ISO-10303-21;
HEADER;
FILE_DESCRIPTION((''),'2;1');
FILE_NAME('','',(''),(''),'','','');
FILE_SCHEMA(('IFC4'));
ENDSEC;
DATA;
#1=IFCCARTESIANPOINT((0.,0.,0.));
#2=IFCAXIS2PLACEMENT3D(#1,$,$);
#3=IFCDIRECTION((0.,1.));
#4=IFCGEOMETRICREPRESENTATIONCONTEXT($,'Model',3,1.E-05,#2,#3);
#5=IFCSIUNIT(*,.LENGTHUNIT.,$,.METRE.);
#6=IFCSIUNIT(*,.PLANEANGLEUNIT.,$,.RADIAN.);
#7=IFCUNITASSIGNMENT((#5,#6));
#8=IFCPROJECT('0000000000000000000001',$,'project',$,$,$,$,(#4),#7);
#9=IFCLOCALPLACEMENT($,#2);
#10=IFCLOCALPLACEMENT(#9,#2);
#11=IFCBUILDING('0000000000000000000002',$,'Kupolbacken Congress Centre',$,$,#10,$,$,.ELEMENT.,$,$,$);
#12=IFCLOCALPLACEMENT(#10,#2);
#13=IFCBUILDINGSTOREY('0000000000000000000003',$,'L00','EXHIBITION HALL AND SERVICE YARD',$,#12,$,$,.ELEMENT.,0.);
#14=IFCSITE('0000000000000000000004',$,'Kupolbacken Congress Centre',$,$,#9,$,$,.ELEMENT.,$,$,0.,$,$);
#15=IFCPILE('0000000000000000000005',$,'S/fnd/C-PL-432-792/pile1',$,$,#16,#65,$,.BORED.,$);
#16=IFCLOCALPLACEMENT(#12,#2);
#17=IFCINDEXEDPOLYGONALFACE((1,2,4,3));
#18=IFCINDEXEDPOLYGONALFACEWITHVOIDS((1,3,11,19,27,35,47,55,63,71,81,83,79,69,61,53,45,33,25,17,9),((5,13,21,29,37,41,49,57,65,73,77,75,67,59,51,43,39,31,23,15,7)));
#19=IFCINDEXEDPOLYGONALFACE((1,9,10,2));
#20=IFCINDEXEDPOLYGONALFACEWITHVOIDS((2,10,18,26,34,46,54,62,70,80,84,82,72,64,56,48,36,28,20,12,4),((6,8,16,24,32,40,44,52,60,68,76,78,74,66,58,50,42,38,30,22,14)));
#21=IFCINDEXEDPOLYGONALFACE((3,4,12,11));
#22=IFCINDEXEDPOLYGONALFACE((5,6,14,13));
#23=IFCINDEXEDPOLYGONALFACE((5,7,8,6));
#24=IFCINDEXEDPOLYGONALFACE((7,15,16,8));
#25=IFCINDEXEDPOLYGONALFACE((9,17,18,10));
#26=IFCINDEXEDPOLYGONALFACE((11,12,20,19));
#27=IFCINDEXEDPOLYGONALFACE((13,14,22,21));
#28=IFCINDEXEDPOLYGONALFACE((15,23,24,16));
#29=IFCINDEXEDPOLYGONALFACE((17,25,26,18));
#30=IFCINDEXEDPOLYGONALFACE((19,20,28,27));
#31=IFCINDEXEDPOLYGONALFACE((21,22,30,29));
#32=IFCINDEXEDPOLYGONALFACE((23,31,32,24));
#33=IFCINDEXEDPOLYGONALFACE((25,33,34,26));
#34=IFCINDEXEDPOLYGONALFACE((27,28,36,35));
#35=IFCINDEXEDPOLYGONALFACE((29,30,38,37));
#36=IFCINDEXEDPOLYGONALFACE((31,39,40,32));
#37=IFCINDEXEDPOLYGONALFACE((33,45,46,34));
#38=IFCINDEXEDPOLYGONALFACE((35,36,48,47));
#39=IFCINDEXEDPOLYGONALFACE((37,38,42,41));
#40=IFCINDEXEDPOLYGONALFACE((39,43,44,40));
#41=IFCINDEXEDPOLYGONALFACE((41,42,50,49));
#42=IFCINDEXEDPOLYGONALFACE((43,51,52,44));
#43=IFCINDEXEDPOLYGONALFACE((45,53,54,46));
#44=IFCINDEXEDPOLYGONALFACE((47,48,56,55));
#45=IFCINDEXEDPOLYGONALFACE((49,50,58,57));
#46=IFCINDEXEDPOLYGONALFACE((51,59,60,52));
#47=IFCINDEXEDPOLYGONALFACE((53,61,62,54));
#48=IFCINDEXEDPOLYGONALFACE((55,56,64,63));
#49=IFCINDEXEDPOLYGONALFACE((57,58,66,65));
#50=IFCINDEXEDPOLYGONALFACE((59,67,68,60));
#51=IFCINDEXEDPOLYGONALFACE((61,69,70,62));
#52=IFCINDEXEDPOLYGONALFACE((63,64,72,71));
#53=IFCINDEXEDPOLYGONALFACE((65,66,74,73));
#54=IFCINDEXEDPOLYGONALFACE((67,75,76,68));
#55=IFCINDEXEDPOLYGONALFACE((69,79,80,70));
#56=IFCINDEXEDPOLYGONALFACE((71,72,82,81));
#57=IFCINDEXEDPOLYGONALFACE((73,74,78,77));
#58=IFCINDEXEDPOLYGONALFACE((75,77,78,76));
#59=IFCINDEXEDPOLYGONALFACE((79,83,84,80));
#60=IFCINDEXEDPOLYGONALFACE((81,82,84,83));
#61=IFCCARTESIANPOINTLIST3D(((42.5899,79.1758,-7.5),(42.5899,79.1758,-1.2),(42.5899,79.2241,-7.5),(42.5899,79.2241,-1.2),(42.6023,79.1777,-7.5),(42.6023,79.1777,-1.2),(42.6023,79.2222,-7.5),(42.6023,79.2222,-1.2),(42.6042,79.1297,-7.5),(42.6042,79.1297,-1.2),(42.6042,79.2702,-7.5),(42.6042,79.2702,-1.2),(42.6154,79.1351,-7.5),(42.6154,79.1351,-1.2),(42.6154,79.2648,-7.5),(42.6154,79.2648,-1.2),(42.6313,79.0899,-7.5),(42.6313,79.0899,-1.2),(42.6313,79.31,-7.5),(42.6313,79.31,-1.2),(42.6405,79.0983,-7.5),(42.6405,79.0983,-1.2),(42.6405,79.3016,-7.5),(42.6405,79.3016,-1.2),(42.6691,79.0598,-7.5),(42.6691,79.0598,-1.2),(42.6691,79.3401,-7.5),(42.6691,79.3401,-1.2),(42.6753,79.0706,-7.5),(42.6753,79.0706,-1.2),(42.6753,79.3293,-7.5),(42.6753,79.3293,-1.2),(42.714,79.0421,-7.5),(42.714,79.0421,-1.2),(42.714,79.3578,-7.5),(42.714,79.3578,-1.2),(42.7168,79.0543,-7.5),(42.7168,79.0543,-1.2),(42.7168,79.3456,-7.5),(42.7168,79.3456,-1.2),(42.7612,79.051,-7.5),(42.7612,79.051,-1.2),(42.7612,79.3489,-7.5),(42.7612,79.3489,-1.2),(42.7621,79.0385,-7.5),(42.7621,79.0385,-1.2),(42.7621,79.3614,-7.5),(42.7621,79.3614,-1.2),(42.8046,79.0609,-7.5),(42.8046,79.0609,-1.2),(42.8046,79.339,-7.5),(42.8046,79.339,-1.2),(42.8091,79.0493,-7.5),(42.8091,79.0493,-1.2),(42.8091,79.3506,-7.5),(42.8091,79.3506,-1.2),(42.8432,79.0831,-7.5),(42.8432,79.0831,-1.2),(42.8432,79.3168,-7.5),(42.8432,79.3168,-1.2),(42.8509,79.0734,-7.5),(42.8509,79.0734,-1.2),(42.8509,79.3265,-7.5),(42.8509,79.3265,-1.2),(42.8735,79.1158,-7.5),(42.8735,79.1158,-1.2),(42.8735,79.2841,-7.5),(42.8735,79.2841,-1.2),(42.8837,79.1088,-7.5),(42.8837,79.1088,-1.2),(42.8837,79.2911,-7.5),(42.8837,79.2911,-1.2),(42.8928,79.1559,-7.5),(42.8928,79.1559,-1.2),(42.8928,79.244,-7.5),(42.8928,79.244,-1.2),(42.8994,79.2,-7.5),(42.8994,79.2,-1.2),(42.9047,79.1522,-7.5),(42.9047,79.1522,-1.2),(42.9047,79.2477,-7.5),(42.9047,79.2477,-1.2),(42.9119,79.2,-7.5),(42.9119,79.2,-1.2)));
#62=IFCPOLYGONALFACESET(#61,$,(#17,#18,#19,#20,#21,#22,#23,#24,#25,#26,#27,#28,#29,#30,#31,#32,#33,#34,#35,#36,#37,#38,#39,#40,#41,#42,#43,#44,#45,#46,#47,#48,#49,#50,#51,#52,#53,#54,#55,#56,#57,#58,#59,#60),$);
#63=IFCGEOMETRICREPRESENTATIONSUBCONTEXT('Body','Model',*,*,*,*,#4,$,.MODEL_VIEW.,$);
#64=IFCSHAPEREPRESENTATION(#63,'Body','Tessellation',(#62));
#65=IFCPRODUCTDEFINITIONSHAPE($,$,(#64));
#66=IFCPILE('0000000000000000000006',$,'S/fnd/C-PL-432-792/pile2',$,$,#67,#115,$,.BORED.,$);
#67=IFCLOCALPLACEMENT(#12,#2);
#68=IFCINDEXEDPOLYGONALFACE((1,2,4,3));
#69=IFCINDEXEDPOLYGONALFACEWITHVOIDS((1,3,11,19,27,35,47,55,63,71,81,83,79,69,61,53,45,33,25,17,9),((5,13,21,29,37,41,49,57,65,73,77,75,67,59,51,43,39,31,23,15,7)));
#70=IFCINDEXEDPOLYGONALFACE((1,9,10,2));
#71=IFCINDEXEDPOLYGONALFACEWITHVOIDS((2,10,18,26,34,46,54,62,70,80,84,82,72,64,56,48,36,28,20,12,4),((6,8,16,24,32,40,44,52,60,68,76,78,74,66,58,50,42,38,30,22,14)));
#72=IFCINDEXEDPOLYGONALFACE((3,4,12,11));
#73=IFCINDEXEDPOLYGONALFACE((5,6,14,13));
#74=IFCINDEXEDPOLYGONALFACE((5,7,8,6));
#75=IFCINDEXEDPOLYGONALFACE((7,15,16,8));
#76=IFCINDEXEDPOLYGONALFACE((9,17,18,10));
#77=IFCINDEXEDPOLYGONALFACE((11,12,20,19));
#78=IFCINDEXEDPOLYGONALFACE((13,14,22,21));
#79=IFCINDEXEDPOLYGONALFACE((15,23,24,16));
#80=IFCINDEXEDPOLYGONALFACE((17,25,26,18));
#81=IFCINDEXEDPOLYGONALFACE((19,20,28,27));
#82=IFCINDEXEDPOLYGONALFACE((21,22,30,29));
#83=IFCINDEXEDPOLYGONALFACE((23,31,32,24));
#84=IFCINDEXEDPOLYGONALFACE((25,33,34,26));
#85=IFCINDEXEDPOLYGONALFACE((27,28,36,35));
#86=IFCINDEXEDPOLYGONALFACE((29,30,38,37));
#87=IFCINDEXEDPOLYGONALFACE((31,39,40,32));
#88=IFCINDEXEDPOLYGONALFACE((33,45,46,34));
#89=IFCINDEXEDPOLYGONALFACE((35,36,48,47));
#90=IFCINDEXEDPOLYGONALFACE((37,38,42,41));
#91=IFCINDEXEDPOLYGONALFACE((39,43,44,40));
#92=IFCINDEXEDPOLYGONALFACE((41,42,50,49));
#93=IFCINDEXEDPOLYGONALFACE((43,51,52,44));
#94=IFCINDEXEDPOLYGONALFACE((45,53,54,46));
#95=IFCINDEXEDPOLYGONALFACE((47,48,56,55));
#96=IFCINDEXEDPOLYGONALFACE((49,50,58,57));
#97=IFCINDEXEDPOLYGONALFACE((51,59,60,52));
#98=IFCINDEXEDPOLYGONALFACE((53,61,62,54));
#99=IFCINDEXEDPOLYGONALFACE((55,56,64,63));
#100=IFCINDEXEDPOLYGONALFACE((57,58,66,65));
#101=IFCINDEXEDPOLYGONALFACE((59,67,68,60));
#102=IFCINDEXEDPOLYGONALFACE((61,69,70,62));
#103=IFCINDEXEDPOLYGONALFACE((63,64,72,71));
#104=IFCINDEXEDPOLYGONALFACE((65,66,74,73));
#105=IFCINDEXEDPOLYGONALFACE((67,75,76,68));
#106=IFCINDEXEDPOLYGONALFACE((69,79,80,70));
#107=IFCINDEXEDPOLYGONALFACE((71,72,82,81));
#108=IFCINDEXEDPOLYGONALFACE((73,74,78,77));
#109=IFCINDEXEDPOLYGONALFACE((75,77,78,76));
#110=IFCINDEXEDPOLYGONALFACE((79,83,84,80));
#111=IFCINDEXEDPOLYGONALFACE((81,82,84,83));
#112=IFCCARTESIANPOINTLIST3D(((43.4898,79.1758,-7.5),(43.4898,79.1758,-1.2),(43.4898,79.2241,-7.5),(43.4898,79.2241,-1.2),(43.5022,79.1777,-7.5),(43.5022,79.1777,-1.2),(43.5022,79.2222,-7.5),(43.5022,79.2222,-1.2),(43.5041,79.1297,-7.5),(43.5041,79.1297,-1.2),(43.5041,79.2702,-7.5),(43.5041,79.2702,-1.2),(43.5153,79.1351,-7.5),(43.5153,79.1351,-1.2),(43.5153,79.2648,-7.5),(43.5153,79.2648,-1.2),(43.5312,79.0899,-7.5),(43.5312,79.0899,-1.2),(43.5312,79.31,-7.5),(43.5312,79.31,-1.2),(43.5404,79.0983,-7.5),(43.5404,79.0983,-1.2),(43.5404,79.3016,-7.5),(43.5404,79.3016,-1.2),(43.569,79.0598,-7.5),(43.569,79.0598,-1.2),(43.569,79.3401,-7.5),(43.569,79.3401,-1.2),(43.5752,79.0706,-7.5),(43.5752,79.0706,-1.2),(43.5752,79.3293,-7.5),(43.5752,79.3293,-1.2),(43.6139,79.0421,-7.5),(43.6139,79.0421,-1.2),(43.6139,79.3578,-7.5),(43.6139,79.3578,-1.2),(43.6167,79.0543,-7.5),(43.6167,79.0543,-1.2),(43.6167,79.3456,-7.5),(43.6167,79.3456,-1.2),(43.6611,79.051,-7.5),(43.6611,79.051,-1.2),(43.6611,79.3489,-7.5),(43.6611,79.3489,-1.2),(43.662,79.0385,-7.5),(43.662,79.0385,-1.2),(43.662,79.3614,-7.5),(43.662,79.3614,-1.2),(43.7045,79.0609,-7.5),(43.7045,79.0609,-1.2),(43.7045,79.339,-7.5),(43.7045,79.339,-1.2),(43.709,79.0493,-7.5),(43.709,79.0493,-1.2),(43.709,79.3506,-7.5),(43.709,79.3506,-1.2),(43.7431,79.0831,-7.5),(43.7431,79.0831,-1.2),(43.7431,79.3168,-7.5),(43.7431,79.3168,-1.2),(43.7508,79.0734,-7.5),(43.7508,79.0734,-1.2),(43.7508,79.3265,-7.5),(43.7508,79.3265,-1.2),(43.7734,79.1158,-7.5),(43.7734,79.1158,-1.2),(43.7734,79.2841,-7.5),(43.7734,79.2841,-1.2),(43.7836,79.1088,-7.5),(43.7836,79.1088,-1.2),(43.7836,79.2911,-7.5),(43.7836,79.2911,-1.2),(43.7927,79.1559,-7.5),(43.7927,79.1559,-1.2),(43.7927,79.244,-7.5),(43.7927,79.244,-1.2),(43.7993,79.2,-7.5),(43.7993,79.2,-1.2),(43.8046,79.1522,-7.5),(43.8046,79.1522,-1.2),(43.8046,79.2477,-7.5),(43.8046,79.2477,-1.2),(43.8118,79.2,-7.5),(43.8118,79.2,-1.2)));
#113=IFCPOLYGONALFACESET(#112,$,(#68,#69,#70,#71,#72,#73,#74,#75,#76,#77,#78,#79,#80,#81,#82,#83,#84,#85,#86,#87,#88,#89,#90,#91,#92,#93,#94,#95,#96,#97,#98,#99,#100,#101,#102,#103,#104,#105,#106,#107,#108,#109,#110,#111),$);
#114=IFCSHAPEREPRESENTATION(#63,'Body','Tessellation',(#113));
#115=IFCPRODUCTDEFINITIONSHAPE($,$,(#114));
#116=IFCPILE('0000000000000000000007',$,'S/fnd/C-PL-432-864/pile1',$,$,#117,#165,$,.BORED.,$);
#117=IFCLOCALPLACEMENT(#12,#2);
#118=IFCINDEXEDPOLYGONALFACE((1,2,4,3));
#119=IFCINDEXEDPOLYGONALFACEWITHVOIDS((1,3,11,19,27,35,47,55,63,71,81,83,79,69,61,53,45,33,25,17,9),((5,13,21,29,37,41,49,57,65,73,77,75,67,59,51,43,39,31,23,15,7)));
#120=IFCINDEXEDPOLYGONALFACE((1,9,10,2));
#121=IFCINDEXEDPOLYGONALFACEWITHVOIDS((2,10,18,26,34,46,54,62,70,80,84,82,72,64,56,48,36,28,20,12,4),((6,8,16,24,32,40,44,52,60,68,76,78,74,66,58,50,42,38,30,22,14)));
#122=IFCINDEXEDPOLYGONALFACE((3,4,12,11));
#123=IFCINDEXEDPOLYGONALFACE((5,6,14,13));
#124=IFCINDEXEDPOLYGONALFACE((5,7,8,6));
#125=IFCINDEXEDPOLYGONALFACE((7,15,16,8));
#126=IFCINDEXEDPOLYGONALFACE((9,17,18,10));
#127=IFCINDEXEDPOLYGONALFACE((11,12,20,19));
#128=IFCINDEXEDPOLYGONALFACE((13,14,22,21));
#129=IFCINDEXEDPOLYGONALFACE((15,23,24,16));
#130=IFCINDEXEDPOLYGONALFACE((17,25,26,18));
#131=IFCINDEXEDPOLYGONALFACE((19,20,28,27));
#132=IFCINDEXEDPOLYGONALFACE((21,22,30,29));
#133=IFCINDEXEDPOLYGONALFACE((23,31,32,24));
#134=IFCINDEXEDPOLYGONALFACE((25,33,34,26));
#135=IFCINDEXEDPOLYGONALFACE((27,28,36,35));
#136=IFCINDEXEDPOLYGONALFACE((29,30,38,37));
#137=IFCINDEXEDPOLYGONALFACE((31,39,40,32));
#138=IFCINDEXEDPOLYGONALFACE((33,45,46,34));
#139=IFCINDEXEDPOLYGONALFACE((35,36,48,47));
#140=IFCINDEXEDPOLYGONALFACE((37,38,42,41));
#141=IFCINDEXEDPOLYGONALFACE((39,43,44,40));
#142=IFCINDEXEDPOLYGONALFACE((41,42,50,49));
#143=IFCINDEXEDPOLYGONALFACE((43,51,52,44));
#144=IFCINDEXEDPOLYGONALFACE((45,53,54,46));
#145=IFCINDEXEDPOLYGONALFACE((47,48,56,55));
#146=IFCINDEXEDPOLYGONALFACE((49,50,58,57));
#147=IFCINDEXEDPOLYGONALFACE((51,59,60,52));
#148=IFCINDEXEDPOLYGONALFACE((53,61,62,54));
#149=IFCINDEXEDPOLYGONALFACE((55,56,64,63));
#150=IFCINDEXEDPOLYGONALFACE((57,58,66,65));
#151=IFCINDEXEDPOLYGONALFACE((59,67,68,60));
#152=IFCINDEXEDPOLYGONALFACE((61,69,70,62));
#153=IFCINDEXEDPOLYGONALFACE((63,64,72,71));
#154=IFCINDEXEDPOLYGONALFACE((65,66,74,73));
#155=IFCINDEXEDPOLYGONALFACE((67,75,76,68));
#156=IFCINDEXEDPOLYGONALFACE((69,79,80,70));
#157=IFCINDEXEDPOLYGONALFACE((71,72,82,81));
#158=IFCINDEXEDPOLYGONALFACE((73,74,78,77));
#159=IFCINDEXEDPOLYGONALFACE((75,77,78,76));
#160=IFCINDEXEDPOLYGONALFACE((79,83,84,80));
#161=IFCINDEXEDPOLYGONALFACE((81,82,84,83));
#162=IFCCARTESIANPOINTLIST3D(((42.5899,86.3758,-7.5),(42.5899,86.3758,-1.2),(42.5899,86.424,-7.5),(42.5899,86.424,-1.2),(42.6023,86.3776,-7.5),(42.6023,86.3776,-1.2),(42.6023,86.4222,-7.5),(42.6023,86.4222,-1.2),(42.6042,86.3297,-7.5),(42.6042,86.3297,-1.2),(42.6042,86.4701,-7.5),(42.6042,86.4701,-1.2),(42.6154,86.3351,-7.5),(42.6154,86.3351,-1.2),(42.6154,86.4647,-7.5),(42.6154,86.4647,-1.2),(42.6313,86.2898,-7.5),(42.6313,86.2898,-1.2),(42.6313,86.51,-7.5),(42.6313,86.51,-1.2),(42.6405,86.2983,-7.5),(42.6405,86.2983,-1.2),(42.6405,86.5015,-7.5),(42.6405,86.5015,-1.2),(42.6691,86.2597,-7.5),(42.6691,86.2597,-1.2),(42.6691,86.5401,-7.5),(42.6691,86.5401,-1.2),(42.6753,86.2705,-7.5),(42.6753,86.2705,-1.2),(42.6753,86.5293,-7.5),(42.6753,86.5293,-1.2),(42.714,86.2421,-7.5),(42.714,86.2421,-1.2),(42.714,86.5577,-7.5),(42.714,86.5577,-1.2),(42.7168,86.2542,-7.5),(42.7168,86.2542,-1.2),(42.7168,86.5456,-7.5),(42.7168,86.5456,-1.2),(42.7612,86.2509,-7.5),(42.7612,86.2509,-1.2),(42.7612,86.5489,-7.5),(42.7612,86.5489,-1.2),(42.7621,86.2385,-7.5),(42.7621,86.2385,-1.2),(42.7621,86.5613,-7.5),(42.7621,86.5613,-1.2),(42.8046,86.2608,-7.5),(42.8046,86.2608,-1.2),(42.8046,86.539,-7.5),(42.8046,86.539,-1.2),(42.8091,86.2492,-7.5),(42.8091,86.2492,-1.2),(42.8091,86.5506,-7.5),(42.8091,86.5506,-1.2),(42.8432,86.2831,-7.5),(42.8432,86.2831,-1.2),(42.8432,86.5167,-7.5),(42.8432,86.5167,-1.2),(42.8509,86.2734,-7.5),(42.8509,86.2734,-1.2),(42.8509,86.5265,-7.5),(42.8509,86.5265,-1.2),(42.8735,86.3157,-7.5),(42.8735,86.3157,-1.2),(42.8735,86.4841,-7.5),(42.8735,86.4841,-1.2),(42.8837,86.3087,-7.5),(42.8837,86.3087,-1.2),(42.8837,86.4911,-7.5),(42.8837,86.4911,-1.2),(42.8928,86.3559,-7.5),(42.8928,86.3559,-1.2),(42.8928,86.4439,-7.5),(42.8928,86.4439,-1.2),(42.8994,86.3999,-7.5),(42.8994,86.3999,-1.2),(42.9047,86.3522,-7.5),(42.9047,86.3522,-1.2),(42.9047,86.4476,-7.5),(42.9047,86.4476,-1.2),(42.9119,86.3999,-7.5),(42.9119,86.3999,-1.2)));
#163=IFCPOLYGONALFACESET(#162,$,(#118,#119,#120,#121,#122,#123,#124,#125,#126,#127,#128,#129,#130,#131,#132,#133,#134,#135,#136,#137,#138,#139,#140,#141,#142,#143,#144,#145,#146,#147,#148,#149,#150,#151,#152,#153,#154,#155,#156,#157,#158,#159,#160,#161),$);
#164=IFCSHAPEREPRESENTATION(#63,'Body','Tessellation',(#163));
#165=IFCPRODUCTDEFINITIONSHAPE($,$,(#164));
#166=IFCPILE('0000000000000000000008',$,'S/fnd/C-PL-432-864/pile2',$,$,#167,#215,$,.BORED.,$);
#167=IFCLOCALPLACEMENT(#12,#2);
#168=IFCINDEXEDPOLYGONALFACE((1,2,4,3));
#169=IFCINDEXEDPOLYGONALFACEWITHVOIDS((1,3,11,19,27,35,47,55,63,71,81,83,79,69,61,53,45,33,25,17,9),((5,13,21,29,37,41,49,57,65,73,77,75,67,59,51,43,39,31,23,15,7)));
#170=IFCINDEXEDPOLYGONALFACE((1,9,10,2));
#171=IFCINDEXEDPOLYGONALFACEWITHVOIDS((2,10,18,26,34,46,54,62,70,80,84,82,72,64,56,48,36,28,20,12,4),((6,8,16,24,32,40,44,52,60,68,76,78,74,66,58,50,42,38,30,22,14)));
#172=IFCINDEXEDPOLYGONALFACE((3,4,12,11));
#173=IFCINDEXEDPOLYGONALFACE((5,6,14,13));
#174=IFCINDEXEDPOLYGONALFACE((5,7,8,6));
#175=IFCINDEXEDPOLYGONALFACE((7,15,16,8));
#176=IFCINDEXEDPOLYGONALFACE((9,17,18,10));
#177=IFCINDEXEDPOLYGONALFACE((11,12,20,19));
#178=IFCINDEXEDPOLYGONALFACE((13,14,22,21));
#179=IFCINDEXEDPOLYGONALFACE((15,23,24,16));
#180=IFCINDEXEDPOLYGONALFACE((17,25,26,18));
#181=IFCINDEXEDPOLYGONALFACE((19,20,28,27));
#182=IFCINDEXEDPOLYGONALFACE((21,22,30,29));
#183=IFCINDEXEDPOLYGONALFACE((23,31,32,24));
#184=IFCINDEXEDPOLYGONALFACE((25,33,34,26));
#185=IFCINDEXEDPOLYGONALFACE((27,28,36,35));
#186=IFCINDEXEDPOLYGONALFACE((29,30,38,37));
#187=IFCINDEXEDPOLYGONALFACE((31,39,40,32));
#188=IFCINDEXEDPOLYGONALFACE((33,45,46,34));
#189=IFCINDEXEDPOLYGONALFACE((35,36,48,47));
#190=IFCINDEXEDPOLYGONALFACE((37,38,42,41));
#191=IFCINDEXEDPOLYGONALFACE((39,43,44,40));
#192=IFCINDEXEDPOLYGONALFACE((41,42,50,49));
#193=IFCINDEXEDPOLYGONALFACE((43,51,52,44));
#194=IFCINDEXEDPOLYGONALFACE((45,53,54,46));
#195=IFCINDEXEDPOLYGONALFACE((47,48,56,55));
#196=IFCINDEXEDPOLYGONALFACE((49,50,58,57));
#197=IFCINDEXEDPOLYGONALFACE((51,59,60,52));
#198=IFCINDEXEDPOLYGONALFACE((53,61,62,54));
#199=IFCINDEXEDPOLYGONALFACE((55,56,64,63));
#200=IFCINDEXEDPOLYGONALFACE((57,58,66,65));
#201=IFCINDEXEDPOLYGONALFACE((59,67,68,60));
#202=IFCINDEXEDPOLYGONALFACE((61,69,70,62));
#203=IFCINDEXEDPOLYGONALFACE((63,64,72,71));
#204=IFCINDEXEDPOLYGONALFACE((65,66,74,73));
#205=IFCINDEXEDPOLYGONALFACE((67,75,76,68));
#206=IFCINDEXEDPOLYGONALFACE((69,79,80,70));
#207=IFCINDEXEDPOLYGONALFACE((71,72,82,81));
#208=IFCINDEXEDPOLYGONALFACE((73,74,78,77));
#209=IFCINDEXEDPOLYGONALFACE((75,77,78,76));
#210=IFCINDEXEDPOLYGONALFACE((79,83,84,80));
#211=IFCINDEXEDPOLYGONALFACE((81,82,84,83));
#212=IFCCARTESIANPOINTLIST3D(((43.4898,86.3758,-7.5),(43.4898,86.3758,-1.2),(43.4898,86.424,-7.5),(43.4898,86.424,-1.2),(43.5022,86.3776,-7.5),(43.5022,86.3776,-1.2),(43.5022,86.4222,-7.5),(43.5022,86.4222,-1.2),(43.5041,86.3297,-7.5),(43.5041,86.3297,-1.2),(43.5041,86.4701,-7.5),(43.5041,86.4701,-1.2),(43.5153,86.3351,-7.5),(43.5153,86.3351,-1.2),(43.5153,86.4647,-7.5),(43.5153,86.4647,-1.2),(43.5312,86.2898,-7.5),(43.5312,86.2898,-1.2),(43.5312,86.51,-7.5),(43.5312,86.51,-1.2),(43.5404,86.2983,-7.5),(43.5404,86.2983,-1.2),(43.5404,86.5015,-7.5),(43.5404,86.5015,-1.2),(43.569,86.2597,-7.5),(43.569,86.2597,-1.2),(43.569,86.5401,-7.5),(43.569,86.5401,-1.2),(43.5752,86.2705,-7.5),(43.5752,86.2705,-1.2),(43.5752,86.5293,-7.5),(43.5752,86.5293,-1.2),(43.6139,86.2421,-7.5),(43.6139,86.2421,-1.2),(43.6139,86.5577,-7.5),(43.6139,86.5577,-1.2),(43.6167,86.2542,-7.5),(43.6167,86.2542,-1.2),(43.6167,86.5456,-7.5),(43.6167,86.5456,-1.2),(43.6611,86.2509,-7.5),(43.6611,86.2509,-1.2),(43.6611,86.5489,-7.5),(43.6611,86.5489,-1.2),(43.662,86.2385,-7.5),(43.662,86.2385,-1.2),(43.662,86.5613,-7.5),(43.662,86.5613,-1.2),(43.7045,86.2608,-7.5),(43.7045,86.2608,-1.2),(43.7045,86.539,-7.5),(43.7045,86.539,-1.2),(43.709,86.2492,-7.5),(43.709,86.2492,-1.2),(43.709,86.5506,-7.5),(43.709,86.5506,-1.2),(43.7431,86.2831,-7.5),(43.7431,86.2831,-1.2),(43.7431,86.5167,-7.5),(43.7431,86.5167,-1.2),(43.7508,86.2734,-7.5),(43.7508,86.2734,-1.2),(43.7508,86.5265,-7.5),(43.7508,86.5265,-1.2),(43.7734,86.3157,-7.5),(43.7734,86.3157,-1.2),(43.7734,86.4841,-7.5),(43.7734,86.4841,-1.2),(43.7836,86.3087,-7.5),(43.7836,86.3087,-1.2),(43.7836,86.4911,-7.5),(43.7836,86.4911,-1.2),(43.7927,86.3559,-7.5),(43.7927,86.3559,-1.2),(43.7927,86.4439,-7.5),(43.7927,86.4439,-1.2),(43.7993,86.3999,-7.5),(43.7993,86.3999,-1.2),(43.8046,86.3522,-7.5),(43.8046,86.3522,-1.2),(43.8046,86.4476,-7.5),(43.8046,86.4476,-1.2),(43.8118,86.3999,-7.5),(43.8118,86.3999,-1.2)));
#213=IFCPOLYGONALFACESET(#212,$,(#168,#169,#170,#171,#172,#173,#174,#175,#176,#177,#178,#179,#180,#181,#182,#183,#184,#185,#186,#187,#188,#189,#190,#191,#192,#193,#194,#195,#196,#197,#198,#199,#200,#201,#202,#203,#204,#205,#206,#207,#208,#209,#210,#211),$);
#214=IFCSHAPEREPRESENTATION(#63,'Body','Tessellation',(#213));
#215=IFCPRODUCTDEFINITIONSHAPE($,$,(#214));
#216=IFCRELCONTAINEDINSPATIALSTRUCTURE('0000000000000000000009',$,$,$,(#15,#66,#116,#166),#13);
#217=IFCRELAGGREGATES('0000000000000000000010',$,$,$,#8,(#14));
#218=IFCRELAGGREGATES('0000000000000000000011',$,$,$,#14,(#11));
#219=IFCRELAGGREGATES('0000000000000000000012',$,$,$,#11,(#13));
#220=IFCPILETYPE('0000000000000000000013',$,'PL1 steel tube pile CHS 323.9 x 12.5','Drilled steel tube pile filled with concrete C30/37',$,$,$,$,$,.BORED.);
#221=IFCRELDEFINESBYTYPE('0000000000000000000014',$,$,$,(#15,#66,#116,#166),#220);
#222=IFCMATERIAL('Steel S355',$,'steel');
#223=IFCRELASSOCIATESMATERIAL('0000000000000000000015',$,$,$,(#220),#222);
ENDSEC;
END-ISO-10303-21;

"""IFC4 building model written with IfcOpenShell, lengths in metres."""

from ifc_helpers import new_model, si_unit, direction, frame, origin, origin_2d, place, context, subcontext, project, spatial, hollow_circle, extrude, material, material_profile, profile_set, type_object, element, save


model = new_model("IFC4")

# Units and contexts
model_context = context("Model", 3, precision=1e-05, world=origin(), true_north=direction((0.0, 1.0)))
body_context = subcontext(model_context, "Body", "Model", "MODEL_VIEW")
ifc_project = project(units=[si_unit("LENGTHUNIT", "METRE"), si_unit("PLANEANGLEUNIT", "RADIAN")], contexts=[model_context])

# Site, building, storey
site_placement = place(None, origin())
site = spatial("IfcSite", under=ifc_project, at=site_placement, Name="Kupolbacken Congress Centre", CompositionType="ELEMENT", RefElevation=0.0)
building_placement = place(site_placement, origin())
building = spatial("IfcBuilding", under=site, at=building_placement, Name="Kupolbacken Congress Centre", CompositionType="ELEMENT")
storey_placement = place(building_placement, origin())
storey = spatial("IfcBuildingStorey", under=building, at=storey_placement, Name="L00", Description="EXHIBITION HALL AND SERVICE YARD", CompositionType="ELEMENT", Elevation=0.0)

# Piles
ifc_material_1 = material(Name="Steel S355", Category="steel")
ifc_material_profile_1 = material_profile(ifc_material_1, hollow_circle(Radius=0.1619, WallThickness=0.0125, at=origin_2d()), Name="CHS 323.9 x 12.5")
ifc_profile_set_1 = profile_set([ifc_material_profile_1], Name="Steel S355")
pile_type = type_object("IfcPileType", Name="PL1 steel tube pile CHS 323.9 x 12.5", Description="Drilled steel tube pile filled with concrete C30/37", PredefinedType="BORED", material=ifc_profile_set_1)
for number, where, z_axis, x_axis, name in (
    (1, (42.75, 79.2, -1.2), (0.0, 0.0, -1.0), (1.0, 0.0, 0.0), "S/fnd/C-PL-432-792/pile1"),
    (2, (43.6499, 79.2, -1.2), (0.0, 0.0, -1.0), (1.0, 0.0, 0.0), "S/fnd/C-PL-432-792/pile2"),
    (3, (42.75, 86.3999, -1.2), (0.0, 0.0, -1.0), (1.0, 0.0, 0.0), "S/fnd/C-PL-432-864/pile1"),
    (4, (43.6499, 86.3999, -1.2), (0.0, 0.0, -1.0), (1.0, 0.0, 0.0), "S/fnd/C-PL-432-864/pile2"),
):
    element("IfcPile", number, at=place(storey_placement, frame(where, z_axis=z_axis, x_axis=x_axis)), inside=storey, type_object=pile_type, Name=name, PredefinedType="BORED", context=body_context, shape_type="SweptSolid", body=[
        extrude(hollow_circle(Radius=0.1619, WallThickness=0.0125, at=origin_2d()), origin(), (0.0, 0.0, 1.0), 6.3),
    ])

save(model, "model.ifc")
